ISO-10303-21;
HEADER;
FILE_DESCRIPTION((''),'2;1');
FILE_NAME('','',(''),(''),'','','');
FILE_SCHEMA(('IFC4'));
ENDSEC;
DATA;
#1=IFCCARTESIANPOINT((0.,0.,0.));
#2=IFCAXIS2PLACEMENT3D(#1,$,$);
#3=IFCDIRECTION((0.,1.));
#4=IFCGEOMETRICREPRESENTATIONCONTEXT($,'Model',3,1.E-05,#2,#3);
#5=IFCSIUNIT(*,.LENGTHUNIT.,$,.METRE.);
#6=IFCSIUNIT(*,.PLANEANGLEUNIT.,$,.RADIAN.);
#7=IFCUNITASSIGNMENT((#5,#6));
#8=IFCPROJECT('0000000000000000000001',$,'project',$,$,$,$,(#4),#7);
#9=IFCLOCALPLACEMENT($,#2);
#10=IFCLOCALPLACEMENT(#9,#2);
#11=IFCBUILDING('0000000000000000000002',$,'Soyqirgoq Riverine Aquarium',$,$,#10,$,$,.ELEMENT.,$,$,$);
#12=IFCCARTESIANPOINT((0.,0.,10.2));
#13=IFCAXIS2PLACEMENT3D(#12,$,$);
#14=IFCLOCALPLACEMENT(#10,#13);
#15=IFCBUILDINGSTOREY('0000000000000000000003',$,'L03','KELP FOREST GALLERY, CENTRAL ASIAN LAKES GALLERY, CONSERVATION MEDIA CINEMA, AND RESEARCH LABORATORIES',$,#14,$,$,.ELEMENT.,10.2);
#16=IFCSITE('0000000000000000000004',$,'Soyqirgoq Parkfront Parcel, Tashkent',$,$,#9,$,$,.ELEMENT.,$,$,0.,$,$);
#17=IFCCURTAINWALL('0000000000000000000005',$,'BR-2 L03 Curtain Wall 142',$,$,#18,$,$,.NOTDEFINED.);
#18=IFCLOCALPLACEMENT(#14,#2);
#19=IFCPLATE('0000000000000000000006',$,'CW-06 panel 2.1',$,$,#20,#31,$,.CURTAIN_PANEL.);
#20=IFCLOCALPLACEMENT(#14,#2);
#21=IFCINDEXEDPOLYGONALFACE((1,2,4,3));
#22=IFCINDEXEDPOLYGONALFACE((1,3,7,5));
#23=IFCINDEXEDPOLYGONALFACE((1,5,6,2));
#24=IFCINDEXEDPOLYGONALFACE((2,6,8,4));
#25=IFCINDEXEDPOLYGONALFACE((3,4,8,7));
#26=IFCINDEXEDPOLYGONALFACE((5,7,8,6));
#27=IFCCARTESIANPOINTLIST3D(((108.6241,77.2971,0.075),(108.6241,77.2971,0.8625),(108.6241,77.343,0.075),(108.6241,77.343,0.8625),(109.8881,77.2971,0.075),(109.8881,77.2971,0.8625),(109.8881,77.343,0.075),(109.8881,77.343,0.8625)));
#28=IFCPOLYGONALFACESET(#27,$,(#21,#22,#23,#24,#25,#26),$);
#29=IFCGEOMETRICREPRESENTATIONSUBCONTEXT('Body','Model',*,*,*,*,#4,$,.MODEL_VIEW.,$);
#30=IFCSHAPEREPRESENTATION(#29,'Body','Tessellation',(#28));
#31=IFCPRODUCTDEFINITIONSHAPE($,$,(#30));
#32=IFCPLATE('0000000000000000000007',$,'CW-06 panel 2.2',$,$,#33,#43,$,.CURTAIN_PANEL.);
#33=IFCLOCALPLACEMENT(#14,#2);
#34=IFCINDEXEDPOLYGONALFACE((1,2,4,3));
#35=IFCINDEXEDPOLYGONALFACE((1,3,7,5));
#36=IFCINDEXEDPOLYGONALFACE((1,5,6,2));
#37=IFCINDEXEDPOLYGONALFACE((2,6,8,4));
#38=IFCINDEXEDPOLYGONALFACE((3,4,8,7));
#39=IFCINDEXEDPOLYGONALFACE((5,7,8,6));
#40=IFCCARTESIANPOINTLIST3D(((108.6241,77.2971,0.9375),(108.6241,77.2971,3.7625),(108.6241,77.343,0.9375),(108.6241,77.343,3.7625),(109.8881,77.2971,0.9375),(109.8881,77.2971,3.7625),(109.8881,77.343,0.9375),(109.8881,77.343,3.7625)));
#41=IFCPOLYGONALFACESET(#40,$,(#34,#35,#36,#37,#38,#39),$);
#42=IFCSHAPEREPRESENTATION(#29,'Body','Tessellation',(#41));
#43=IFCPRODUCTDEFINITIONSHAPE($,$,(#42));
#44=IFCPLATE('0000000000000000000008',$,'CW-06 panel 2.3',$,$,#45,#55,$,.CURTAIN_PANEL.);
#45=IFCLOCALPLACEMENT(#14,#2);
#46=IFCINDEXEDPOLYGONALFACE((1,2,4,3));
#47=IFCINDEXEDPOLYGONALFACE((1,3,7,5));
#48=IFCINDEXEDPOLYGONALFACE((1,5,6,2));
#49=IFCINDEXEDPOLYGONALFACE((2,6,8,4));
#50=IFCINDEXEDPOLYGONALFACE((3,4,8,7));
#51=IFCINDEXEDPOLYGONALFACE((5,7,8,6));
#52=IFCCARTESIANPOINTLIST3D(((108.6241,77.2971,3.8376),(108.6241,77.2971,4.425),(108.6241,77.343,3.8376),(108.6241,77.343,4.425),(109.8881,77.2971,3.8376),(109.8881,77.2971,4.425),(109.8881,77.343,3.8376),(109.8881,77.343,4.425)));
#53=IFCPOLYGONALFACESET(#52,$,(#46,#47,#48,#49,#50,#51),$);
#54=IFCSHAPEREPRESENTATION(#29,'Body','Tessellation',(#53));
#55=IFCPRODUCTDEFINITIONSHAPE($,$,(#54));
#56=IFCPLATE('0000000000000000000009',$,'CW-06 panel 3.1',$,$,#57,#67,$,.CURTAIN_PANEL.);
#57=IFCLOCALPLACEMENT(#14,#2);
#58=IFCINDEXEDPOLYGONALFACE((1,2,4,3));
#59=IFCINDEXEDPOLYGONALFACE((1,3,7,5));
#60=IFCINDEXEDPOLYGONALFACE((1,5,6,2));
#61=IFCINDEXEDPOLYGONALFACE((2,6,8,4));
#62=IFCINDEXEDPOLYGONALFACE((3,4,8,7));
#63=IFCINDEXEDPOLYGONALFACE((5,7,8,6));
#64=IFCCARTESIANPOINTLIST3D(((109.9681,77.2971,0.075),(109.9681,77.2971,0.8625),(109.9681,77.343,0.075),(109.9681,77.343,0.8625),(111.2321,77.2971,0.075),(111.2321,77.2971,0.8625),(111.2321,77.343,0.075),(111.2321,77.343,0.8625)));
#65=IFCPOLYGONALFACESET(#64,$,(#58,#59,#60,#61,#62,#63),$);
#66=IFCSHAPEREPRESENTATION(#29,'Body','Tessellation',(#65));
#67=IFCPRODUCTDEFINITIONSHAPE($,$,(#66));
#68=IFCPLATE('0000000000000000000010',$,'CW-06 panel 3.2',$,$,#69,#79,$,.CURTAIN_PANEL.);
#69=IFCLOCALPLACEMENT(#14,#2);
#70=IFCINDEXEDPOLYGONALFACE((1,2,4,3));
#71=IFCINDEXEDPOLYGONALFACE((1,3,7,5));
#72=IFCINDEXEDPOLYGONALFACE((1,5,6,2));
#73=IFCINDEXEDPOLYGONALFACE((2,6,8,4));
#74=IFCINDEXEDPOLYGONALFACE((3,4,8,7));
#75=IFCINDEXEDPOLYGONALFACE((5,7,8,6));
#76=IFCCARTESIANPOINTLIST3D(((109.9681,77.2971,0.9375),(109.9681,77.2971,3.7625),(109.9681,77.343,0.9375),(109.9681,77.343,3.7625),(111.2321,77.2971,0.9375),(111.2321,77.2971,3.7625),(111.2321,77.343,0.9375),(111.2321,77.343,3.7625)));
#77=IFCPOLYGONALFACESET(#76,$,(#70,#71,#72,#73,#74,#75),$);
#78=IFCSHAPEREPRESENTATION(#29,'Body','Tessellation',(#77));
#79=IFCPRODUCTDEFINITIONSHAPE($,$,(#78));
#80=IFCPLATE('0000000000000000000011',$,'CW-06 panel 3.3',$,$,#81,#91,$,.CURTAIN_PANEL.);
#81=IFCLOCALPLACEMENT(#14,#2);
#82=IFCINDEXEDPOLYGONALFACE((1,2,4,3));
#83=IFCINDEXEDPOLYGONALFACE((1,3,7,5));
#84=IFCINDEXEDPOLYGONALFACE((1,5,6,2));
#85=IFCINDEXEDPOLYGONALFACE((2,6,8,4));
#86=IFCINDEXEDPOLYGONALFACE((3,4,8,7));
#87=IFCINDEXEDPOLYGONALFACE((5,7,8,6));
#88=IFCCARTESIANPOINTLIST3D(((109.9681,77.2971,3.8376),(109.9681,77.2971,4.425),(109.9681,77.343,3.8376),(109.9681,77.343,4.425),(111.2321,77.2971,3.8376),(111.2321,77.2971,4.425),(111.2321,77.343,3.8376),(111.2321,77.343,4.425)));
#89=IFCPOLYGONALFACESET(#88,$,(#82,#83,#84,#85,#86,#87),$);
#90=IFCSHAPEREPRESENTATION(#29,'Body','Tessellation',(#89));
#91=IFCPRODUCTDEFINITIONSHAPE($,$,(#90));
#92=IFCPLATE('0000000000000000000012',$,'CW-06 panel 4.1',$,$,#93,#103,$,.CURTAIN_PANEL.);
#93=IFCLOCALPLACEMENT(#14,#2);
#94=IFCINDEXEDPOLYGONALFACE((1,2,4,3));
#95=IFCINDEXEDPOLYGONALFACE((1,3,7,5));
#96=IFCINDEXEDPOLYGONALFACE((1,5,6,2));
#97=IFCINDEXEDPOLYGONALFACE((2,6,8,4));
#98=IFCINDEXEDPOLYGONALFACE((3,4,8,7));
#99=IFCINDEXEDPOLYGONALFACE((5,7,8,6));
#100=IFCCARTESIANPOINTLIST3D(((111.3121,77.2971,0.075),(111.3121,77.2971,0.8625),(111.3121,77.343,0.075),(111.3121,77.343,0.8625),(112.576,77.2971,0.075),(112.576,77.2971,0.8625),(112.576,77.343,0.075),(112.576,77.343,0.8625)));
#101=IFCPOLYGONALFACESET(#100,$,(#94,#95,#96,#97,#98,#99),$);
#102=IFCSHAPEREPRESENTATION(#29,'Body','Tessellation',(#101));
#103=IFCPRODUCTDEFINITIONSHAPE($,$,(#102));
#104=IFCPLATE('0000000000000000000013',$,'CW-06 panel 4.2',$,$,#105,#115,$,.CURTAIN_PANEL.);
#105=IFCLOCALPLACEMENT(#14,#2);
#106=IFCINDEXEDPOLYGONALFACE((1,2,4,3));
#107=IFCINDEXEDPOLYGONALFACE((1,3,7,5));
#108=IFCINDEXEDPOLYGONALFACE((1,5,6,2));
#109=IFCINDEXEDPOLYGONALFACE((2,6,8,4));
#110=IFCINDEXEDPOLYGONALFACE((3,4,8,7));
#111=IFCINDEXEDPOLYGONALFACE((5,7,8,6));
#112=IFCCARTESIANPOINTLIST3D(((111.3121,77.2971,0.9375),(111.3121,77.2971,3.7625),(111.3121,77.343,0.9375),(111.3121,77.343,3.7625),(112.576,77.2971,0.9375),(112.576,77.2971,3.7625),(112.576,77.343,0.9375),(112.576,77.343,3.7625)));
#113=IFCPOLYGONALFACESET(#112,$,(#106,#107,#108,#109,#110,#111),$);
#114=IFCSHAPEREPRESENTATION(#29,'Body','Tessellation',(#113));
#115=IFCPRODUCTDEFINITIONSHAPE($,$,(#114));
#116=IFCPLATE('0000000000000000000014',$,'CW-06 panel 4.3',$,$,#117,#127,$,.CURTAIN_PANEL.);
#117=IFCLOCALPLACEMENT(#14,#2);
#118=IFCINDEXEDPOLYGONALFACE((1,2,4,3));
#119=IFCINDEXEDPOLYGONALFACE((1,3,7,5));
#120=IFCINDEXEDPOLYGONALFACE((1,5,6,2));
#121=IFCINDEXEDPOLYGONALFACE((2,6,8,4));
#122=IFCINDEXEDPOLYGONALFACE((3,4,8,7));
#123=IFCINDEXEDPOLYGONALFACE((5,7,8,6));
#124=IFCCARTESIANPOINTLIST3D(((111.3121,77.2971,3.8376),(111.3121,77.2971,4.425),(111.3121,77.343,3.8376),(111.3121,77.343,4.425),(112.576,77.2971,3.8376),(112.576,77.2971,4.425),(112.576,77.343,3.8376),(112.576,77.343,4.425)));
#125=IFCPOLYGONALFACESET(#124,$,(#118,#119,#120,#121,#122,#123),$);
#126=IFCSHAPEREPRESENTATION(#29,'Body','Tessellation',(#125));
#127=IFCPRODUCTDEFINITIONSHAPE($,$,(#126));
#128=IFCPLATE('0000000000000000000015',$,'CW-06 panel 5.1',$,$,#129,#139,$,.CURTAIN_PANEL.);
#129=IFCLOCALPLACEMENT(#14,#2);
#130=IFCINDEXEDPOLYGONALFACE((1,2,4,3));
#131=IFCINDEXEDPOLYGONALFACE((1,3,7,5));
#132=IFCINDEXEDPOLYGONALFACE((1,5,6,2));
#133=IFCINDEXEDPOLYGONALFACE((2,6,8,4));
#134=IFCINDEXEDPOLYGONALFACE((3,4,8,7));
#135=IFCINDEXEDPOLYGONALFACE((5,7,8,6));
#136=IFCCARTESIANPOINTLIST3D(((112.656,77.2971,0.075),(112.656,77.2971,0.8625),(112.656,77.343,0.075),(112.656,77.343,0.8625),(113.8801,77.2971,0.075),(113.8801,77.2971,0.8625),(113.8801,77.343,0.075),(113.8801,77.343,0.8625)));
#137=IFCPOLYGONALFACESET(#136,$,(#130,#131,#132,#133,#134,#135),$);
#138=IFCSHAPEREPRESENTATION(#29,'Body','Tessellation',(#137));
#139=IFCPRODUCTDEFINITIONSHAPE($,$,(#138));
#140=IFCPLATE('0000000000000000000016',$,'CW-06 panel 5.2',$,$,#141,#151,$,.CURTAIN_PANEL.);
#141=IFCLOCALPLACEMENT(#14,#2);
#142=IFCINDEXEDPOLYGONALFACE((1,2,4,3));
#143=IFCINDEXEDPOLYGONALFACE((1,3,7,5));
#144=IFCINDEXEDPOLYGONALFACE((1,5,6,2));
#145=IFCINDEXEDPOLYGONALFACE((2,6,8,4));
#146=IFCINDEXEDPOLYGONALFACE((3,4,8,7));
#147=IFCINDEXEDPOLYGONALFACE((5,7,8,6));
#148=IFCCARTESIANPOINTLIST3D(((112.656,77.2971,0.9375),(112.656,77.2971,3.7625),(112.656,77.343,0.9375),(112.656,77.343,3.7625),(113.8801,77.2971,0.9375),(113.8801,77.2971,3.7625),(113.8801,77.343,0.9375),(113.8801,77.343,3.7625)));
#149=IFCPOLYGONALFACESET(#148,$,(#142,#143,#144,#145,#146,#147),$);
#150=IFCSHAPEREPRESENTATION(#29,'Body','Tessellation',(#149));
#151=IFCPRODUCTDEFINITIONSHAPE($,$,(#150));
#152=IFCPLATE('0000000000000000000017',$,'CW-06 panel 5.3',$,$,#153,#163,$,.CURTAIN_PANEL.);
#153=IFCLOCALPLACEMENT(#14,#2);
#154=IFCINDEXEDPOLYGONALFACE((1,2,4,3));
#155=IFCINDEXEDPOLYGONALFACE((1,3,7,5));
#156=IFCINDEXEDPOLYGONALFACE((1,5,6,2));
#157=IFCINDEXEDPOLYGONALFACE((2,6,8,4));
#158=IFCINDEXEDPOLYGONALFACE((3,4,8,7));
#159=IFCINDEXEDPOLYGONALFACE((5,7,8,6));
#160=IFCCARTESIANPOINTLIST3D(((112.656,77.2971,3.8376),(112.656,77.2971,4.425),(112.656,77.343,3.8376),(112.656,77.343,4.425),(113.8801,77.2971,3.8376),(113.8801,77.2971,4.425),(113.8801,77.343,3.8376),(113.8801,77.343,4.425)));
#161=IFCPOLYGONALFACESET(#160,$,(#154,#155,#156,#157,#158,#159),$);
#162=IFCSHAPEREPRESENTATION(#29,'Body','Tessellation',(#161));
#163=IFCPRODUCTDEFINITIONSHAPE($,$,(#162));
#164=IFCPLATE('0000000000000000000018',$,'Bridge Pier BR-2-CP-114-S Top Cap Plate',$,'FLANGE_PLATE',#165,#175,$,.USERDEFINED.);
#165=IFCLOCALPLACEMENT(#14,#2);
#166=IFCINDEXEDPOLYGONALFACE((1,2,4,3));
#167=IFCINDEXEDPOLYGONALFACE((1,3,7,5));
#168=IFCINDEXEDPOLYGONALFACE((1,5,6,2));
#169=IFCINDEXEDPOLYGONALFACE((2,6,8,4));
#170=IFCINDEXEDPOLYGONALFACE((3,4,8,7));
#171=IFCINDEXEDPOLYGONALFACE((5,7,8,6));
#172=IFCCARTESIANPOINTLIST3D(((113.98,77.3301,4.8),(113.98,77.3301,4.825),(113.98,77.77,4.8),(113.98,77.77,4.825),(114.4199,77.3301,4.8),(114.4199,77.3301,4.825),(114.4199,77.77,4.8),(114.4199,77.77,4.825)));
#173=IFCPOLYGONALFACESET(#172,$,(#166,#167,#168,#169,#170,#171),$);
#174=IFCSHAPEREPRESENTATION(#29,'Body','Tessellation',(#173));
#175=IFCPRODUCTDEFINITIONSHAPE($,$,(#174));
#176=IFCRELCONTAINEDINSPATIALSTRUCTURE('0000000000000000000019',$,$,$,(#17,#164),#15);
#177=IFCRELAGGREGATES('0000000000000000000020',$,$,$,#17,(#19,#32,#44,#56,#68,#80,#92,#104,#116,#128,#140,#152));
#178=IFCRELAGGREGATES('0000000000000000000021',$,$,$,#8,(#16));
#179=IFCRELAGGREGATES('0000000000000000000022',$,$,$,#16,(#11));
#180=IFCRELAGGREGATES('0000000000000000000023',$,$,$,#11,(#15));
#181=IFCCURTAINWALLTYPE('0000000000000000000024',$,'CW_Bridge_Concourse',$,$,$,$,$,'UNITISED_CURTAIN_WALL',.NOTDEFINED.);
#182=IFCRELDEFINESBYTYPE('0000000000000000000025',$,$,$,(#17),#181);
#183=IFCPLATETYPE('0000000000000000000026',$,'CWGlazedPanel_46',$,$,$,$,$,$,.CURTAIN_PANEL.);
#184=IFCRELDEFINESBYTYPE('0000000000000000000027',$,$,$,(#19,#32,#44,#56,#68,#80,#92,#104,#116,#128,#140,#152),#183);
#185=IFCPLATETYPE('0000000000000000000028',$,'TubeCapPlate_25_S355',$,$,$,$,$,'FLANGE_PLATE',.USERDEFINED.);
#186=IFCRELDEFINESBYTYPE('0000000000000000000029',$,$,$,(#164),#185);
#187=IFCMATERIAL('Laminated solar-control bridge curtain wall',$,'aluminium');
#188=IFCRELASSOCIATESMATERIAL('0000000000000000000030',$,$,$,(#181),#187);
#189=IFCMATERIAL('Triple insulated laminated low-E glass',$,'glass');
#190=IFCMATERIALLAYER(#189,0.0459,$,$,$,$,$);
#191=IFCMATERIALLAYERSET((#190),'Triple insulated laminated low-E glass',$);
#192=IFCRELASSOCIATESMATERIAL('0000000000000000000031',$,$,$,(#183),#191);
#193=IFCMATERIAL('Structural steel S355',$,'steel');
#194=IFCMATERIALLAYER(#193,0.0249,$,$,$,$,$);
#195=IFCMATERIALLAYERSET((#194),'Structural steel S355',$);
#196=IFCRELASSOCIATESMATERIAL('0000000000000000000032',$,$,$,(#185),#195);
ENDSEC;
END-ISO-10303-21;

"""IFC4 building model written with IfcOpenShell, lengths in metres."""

from ifc_helpers import new_model, si_unit, direction, frame, origin, origin_2d, place, context, subcontext, project, spatial, rectangle, extrude, material, layer, layer_set, type_object, element, aggregate, save


model = new_model("IFC4")

# Units and contexts
model_context = context("Model", 3, precision=1e-05, world=origin(), true_north=direction((0.0, 1.0)))
body_context = subcontext(model_context, "Body", "Model", "MODEL_VIEW")
ifc_project = project(units=[si_unit("LENGTHUNIT", "METRE"), si_unit("PLANEANGLEUNIT", "RADIAN")], contexts=[model_context])

# Site, building, storey
site_placement = place(None, origin())
site = spatial("IfcSite", under=ifc_project, at=site_placement, Name="Soyqirgoq Parkfront Parcel, Tashkent", CompositionType="ELEMENT", RefElevation=0.0)
building_placement = place(site_placement, origin())
building = spatial("IfcBuilding", under=site, at=building_placement, Name="Soyqirgoq Riverine Aquarium", CompositionType="ELEMENT")
storey_placement = place(building_placement, frame((0.0, 0.0, 10.2)))
storey = spatial("IfcBuildingStorey", under=building, at=storey_placement, Name="L03", Description="KELP FOREST GALLERY, CENTRAL ASIAN LAKES GALLERY, CONSERVATION MEDIA CINEMA, AND RESEARCH LABORATORIES", CompositionType="ELEMENT", Elevation=10.2)

# Curtain wall
ifc_material_1 = material(Name="Laminated solar-control bridge curtain wall", Category="aluminium")
curtain_wall_type = type_object("IfcCurtainWallType", Name="CW_Bridge_Concourse", ElementType="UNITISED_CURTAIN_WALL", PredefinedType="NOTDEFINED", material=ifc_material_1)
curtain_wall_placement = place(storey_placement, origin())
curtain_wall = element("IfcCurtainWall", 1, at=curtain_wall_placement, inside=storey, type_object=curtain_wall_type, Name="BR-2 L03 Curtain Wall 142", PredefinedType="NOTDEFINED")

# Plates
ifc_material_2 = material(Name="Triple insulated laminated low-E glass", Category="glass")
ifc_layer_1 = layer(ifc_material_2, 0.0459)
ifc_layer_set_1 = layer_set([ifc_layer_1], Name="Triple insulated laminated low-E glass")
plate_type_1 = type_object("IfcPlateType", Name="CWGlazedPanel_46", PredefinedType="CURTAIN_PANEL", material=ifc_layer_set_1)
plate_1_placement = place(storey_placement, frame((109.2561, 77.3201, 0.075), z_axis=(0.0, 0.0, 1.0), x_axis=(1.0, 0.0, 0.0)))
plate_1 = element("IfcPlate", 2, at=plate_1_placement, type_object=plate_type_1, Name="CW-06 panel 2.1", PredefinedType="CURTAIN_PANEL", context=body_context, shape_type="SweptSolid", body=[
    extrude(rectangle(XDim=1.2639, YDim=0.0459, at=origin_2d()), origin(), (0.0, 0.0, 1.0), 0.7876),
])
plate_2_placement = place(storey_placement, frame((109.2561, 77.3201, 0.9375), z_axis=(0.0, 0.0, 1.0), x_axis=(1.0, 0.0, 0.0)))
plate_2 = element("IfcPlate", 3, at=plate_2_placement, type_object=plate_type_1, Name="CW-06 panel 2.2", PredefinedType="CURTAIN_PANEL", context=body_context, shape_type="SweptSolid", body=[
    extrude(rectangle(XDim=1.2639, YDim=0.0459, at=origin_2d()), origin(), (0.0, 0.0, 1.0), 2.825),
])
plate_3_placement = place(storey_placement, frame((109.2561, 77.3201, 3.8376), z_axis=(0.0, 0.0, 1.0), x_axis=(1.0, 0.0, 0.0)))
plate_3 = element("IfcPlate", 4, at=plate_3_placement, type_object=plate_type_1, Name="CW-06 panel 2.3", PredefinedType="CURTAIN_PANEL", context=body_context, shape_type="SweptSolid", body=[
    extrude(rectangle(XDim=1.2639, YDim=0.0459, at=origin_2d()), origin(), (0.0, 0.0, 1.0), 0.5874),
])
plate_4_placement = place(storey_placement, frame((110.6001, 77.3201, 0.075), z_axis=(0.0, 0.0, 1.0), x_axis=(1.0, 0.0, 0.0)))
plate_4 = element("IfcPlate", 5, at=plate_4_placement, type_object=plate_type_1, Name="CW-06 panel 3.1", PredefinedType="CURTAIN_PANEL", context=body_context, shape_type="SweptSolid", body=[
    extrude(rectangle(XDim=1.2639, YDim=0.0459, at=origin_2d()), origin(), (0.0, 0.0, 1.0), 0.7876),
])
plate_5_placement = place(storey_placement, frame((110.6001, 77.3201, 0.9375), z_axis=(0.0, 0.0, 1.0), x_axis=(1.0, 0.0, 0.0)))
plate_5 = element("IfcPlate", 6, at=plate_5_placement, type_object=plate_type_1, Name="CW-06 panel 3.2", PredefinedType="CURTAIN_PANEL", context=body_context, shape_type="SweptSolid", body=[
    extrude(rectangle(XDim=1.2639, YDim=0.0459, at=origin_2d()), origin(), (0.0, 0.0, 1.0), 2.825),
])
plate_6_placement = place(storey_placement, frame((110.6001, 77.3201, 3.8376), z_axis=(0.0, 0.0, 1.0), x_axis=(1.0, 0.0, 0.0)))
plate_6 = element("IfcPlate", 7, at=plate_6_placement, type_object=plate_type_1, Name="CW-06 panel 3.3", PredefinedType="CURTAIN_PANEL", context=body_context, shape_type="SweptSolid", body=[
    extrude(rectangle(XDim=1.2639, YDim=0.0459, at=origin_2d()), origin(), (0.0, 0.0, 1.0), 0.5874),
])
plate_7_placement = place(storey_placement, frame((111.9441, 77.3201, 0.075), z_axis=(0.0, 0.0, 1.0), x_axis=(1.0, 0.0, 0.0)))
plate_7 = element("IfcPlate", 8, at=plate_7_placement, type_object=plate_type_1, Name="CW-06 panel 4.1", PredefinedType="CURTAIN_PANEL", context=body_context, shape_type="SweptSolid", body=[
    extrude(rectangle(XDim=1.2639, YDim=0.0459, at=origin_2d()), origin(), (0.0, 0.0, 1.0), 0.7876),
])
plate_8_placement = place(storey_placement, frame((111.9441, 77.3201, 0.9375), z_axis=(0.0, 0.0, 1.0), x_axis=(1.0, 0.0, 0.0)))
plate_8 = element("IfcPlate", 9, at=plate_8_placement, type_object=plate_type_1, Name="CW-06 panel 4.2", PredefinedType="CURTAIN_PANEL", context=body_context, shape_type="SweptSolid", body=[
    extrude(rectangle(XDim=1.2639, YDim=0.0459, at=origin_2d()), origin(), (0.0, 0.0, 1.0), 2.825),
])
plate_9_placement = place(storey_placement, frame((111.9441, 77.3201, 3.8376), z_axis=(0.0, 0.0, 1.0), x_axis=(1.0, 0.0, 0.0)))
plate_9 = element("IfcPlate", 10, at=plate_9_placement, type_object=plate_type_1, Name="CW-06 panel 4.3", PredefinedType="CURTAIN_PANEL", context=body_context, shape_type="SweptSolid", body=[
    extrude(rectangle(XDim=1.2639, YDim=0.0459, at=origin_2d()), origin(), (0.0, 0.0, 1.0), 0.5874),
])
plate_10_placement = place(storey_placement, frame((113.2681, 77.3201, 0.075), z_axis=(0.0, 0.0, 1.0), x_axis=(1.0, 0.0, 0.0)))
plate_10 = element("IfcPlate", 11, at=plate_10_placement, type_object=plate_type_1, Name="CW-06 panel 5.1", PredefinedType="CURTAIN_PANEL", context=body_context, shape_type="SweptSolid", body=[
    extrude(rectangle(XDim=1.2241, YDim=0.0459, at=origin_2d()), origin(), (0.0, 0.0, 1.0), 0.7876),
])
plate_11_placement = place(storey_placement, frame((113.2681, 77.3201, 0.9375), z_axis=(0.0, 0.0, 1.0), x_axis=(1.0, 0.0, 0.0)))
plate_11 = element("IfcPlate", 12, at=plate_11_placement, type_object=plate_type_1, Name="CW-06 panel 5.2", PredefinedType="CURTAIN_PANEL", context=body_context, shape_type="SweptSolid", body=[
    extrude(rectangle(XDim=1.2241, YDim=0.0459, at=origin_2d()), origin(), (0.0, 0.0, 1.0), 2.825),
])
plate_12_placement = place(storey_placement, frame((113.2681, 77.3201, 3.8376), z_axis=(0.0, 0.0, 1.0), x_axis=(1.0, 0.0, 0.0)))
plate_12 = element("IfcPlate", 13, at=plate_12_placement, type_object=plate_type_1, Name="CW-06 panel 5.3", PredefinedType="CURTAIN_PANEL", context=body_context, shape_type="SweptSolid", body=[
    extrude(rectangle(XDim=1.2241, YDim=0.0459, at=origin_2d()), origin(), (0.0, 0.0, 1.0), 0.5874),
])
aggregate(curtain_wall, [plate_1, plate_2, plate_3, plate_4, plate_5, plate_6, plate_7, plate_8, plate_9, plate_10, plate_11, plate_12])
ifc_material_3 = material(Name="Structural steel S355", Category="steel")
ifc_layer_2 = layer(ifc_material_3, 0.0249)
ifc_layer_set_2 = layer_set([ifc_layer_2], Name="Structural steel S355")
plate_type_2 = type_object("IfcPlateType", Name="TubeCapPlate_25_S355", ElementType="FLANGE_PLATE", PredefinedType="USERDEFINED", material=ifc_layer_set_2)
plate_13_placement = place(storey_placement, frame((114.2, 77.55, 4.8), z_axis=(0.0, 0.0, 1.0), x_axis=(1.0, 0.0, 0.0)))
element("IfcPlate", 14, at=plate_13_placement, inside=storey, type_object=plate_type_2, Name="Bridge Pier BR-2-CP-114-S Top Cap Plate", ObjectType="FLANGE_PLATE", PredefinedType="USERDEFINED", context=body_context, shape_type="SweptSolid", body=[
    extrude(rectangle(XDim=0.4399, YDim=0.4399, at=origin_2d()), origin(), (0.0, 0.0, 1.0), 0.0249),
])

save(model, "model.ifc")
